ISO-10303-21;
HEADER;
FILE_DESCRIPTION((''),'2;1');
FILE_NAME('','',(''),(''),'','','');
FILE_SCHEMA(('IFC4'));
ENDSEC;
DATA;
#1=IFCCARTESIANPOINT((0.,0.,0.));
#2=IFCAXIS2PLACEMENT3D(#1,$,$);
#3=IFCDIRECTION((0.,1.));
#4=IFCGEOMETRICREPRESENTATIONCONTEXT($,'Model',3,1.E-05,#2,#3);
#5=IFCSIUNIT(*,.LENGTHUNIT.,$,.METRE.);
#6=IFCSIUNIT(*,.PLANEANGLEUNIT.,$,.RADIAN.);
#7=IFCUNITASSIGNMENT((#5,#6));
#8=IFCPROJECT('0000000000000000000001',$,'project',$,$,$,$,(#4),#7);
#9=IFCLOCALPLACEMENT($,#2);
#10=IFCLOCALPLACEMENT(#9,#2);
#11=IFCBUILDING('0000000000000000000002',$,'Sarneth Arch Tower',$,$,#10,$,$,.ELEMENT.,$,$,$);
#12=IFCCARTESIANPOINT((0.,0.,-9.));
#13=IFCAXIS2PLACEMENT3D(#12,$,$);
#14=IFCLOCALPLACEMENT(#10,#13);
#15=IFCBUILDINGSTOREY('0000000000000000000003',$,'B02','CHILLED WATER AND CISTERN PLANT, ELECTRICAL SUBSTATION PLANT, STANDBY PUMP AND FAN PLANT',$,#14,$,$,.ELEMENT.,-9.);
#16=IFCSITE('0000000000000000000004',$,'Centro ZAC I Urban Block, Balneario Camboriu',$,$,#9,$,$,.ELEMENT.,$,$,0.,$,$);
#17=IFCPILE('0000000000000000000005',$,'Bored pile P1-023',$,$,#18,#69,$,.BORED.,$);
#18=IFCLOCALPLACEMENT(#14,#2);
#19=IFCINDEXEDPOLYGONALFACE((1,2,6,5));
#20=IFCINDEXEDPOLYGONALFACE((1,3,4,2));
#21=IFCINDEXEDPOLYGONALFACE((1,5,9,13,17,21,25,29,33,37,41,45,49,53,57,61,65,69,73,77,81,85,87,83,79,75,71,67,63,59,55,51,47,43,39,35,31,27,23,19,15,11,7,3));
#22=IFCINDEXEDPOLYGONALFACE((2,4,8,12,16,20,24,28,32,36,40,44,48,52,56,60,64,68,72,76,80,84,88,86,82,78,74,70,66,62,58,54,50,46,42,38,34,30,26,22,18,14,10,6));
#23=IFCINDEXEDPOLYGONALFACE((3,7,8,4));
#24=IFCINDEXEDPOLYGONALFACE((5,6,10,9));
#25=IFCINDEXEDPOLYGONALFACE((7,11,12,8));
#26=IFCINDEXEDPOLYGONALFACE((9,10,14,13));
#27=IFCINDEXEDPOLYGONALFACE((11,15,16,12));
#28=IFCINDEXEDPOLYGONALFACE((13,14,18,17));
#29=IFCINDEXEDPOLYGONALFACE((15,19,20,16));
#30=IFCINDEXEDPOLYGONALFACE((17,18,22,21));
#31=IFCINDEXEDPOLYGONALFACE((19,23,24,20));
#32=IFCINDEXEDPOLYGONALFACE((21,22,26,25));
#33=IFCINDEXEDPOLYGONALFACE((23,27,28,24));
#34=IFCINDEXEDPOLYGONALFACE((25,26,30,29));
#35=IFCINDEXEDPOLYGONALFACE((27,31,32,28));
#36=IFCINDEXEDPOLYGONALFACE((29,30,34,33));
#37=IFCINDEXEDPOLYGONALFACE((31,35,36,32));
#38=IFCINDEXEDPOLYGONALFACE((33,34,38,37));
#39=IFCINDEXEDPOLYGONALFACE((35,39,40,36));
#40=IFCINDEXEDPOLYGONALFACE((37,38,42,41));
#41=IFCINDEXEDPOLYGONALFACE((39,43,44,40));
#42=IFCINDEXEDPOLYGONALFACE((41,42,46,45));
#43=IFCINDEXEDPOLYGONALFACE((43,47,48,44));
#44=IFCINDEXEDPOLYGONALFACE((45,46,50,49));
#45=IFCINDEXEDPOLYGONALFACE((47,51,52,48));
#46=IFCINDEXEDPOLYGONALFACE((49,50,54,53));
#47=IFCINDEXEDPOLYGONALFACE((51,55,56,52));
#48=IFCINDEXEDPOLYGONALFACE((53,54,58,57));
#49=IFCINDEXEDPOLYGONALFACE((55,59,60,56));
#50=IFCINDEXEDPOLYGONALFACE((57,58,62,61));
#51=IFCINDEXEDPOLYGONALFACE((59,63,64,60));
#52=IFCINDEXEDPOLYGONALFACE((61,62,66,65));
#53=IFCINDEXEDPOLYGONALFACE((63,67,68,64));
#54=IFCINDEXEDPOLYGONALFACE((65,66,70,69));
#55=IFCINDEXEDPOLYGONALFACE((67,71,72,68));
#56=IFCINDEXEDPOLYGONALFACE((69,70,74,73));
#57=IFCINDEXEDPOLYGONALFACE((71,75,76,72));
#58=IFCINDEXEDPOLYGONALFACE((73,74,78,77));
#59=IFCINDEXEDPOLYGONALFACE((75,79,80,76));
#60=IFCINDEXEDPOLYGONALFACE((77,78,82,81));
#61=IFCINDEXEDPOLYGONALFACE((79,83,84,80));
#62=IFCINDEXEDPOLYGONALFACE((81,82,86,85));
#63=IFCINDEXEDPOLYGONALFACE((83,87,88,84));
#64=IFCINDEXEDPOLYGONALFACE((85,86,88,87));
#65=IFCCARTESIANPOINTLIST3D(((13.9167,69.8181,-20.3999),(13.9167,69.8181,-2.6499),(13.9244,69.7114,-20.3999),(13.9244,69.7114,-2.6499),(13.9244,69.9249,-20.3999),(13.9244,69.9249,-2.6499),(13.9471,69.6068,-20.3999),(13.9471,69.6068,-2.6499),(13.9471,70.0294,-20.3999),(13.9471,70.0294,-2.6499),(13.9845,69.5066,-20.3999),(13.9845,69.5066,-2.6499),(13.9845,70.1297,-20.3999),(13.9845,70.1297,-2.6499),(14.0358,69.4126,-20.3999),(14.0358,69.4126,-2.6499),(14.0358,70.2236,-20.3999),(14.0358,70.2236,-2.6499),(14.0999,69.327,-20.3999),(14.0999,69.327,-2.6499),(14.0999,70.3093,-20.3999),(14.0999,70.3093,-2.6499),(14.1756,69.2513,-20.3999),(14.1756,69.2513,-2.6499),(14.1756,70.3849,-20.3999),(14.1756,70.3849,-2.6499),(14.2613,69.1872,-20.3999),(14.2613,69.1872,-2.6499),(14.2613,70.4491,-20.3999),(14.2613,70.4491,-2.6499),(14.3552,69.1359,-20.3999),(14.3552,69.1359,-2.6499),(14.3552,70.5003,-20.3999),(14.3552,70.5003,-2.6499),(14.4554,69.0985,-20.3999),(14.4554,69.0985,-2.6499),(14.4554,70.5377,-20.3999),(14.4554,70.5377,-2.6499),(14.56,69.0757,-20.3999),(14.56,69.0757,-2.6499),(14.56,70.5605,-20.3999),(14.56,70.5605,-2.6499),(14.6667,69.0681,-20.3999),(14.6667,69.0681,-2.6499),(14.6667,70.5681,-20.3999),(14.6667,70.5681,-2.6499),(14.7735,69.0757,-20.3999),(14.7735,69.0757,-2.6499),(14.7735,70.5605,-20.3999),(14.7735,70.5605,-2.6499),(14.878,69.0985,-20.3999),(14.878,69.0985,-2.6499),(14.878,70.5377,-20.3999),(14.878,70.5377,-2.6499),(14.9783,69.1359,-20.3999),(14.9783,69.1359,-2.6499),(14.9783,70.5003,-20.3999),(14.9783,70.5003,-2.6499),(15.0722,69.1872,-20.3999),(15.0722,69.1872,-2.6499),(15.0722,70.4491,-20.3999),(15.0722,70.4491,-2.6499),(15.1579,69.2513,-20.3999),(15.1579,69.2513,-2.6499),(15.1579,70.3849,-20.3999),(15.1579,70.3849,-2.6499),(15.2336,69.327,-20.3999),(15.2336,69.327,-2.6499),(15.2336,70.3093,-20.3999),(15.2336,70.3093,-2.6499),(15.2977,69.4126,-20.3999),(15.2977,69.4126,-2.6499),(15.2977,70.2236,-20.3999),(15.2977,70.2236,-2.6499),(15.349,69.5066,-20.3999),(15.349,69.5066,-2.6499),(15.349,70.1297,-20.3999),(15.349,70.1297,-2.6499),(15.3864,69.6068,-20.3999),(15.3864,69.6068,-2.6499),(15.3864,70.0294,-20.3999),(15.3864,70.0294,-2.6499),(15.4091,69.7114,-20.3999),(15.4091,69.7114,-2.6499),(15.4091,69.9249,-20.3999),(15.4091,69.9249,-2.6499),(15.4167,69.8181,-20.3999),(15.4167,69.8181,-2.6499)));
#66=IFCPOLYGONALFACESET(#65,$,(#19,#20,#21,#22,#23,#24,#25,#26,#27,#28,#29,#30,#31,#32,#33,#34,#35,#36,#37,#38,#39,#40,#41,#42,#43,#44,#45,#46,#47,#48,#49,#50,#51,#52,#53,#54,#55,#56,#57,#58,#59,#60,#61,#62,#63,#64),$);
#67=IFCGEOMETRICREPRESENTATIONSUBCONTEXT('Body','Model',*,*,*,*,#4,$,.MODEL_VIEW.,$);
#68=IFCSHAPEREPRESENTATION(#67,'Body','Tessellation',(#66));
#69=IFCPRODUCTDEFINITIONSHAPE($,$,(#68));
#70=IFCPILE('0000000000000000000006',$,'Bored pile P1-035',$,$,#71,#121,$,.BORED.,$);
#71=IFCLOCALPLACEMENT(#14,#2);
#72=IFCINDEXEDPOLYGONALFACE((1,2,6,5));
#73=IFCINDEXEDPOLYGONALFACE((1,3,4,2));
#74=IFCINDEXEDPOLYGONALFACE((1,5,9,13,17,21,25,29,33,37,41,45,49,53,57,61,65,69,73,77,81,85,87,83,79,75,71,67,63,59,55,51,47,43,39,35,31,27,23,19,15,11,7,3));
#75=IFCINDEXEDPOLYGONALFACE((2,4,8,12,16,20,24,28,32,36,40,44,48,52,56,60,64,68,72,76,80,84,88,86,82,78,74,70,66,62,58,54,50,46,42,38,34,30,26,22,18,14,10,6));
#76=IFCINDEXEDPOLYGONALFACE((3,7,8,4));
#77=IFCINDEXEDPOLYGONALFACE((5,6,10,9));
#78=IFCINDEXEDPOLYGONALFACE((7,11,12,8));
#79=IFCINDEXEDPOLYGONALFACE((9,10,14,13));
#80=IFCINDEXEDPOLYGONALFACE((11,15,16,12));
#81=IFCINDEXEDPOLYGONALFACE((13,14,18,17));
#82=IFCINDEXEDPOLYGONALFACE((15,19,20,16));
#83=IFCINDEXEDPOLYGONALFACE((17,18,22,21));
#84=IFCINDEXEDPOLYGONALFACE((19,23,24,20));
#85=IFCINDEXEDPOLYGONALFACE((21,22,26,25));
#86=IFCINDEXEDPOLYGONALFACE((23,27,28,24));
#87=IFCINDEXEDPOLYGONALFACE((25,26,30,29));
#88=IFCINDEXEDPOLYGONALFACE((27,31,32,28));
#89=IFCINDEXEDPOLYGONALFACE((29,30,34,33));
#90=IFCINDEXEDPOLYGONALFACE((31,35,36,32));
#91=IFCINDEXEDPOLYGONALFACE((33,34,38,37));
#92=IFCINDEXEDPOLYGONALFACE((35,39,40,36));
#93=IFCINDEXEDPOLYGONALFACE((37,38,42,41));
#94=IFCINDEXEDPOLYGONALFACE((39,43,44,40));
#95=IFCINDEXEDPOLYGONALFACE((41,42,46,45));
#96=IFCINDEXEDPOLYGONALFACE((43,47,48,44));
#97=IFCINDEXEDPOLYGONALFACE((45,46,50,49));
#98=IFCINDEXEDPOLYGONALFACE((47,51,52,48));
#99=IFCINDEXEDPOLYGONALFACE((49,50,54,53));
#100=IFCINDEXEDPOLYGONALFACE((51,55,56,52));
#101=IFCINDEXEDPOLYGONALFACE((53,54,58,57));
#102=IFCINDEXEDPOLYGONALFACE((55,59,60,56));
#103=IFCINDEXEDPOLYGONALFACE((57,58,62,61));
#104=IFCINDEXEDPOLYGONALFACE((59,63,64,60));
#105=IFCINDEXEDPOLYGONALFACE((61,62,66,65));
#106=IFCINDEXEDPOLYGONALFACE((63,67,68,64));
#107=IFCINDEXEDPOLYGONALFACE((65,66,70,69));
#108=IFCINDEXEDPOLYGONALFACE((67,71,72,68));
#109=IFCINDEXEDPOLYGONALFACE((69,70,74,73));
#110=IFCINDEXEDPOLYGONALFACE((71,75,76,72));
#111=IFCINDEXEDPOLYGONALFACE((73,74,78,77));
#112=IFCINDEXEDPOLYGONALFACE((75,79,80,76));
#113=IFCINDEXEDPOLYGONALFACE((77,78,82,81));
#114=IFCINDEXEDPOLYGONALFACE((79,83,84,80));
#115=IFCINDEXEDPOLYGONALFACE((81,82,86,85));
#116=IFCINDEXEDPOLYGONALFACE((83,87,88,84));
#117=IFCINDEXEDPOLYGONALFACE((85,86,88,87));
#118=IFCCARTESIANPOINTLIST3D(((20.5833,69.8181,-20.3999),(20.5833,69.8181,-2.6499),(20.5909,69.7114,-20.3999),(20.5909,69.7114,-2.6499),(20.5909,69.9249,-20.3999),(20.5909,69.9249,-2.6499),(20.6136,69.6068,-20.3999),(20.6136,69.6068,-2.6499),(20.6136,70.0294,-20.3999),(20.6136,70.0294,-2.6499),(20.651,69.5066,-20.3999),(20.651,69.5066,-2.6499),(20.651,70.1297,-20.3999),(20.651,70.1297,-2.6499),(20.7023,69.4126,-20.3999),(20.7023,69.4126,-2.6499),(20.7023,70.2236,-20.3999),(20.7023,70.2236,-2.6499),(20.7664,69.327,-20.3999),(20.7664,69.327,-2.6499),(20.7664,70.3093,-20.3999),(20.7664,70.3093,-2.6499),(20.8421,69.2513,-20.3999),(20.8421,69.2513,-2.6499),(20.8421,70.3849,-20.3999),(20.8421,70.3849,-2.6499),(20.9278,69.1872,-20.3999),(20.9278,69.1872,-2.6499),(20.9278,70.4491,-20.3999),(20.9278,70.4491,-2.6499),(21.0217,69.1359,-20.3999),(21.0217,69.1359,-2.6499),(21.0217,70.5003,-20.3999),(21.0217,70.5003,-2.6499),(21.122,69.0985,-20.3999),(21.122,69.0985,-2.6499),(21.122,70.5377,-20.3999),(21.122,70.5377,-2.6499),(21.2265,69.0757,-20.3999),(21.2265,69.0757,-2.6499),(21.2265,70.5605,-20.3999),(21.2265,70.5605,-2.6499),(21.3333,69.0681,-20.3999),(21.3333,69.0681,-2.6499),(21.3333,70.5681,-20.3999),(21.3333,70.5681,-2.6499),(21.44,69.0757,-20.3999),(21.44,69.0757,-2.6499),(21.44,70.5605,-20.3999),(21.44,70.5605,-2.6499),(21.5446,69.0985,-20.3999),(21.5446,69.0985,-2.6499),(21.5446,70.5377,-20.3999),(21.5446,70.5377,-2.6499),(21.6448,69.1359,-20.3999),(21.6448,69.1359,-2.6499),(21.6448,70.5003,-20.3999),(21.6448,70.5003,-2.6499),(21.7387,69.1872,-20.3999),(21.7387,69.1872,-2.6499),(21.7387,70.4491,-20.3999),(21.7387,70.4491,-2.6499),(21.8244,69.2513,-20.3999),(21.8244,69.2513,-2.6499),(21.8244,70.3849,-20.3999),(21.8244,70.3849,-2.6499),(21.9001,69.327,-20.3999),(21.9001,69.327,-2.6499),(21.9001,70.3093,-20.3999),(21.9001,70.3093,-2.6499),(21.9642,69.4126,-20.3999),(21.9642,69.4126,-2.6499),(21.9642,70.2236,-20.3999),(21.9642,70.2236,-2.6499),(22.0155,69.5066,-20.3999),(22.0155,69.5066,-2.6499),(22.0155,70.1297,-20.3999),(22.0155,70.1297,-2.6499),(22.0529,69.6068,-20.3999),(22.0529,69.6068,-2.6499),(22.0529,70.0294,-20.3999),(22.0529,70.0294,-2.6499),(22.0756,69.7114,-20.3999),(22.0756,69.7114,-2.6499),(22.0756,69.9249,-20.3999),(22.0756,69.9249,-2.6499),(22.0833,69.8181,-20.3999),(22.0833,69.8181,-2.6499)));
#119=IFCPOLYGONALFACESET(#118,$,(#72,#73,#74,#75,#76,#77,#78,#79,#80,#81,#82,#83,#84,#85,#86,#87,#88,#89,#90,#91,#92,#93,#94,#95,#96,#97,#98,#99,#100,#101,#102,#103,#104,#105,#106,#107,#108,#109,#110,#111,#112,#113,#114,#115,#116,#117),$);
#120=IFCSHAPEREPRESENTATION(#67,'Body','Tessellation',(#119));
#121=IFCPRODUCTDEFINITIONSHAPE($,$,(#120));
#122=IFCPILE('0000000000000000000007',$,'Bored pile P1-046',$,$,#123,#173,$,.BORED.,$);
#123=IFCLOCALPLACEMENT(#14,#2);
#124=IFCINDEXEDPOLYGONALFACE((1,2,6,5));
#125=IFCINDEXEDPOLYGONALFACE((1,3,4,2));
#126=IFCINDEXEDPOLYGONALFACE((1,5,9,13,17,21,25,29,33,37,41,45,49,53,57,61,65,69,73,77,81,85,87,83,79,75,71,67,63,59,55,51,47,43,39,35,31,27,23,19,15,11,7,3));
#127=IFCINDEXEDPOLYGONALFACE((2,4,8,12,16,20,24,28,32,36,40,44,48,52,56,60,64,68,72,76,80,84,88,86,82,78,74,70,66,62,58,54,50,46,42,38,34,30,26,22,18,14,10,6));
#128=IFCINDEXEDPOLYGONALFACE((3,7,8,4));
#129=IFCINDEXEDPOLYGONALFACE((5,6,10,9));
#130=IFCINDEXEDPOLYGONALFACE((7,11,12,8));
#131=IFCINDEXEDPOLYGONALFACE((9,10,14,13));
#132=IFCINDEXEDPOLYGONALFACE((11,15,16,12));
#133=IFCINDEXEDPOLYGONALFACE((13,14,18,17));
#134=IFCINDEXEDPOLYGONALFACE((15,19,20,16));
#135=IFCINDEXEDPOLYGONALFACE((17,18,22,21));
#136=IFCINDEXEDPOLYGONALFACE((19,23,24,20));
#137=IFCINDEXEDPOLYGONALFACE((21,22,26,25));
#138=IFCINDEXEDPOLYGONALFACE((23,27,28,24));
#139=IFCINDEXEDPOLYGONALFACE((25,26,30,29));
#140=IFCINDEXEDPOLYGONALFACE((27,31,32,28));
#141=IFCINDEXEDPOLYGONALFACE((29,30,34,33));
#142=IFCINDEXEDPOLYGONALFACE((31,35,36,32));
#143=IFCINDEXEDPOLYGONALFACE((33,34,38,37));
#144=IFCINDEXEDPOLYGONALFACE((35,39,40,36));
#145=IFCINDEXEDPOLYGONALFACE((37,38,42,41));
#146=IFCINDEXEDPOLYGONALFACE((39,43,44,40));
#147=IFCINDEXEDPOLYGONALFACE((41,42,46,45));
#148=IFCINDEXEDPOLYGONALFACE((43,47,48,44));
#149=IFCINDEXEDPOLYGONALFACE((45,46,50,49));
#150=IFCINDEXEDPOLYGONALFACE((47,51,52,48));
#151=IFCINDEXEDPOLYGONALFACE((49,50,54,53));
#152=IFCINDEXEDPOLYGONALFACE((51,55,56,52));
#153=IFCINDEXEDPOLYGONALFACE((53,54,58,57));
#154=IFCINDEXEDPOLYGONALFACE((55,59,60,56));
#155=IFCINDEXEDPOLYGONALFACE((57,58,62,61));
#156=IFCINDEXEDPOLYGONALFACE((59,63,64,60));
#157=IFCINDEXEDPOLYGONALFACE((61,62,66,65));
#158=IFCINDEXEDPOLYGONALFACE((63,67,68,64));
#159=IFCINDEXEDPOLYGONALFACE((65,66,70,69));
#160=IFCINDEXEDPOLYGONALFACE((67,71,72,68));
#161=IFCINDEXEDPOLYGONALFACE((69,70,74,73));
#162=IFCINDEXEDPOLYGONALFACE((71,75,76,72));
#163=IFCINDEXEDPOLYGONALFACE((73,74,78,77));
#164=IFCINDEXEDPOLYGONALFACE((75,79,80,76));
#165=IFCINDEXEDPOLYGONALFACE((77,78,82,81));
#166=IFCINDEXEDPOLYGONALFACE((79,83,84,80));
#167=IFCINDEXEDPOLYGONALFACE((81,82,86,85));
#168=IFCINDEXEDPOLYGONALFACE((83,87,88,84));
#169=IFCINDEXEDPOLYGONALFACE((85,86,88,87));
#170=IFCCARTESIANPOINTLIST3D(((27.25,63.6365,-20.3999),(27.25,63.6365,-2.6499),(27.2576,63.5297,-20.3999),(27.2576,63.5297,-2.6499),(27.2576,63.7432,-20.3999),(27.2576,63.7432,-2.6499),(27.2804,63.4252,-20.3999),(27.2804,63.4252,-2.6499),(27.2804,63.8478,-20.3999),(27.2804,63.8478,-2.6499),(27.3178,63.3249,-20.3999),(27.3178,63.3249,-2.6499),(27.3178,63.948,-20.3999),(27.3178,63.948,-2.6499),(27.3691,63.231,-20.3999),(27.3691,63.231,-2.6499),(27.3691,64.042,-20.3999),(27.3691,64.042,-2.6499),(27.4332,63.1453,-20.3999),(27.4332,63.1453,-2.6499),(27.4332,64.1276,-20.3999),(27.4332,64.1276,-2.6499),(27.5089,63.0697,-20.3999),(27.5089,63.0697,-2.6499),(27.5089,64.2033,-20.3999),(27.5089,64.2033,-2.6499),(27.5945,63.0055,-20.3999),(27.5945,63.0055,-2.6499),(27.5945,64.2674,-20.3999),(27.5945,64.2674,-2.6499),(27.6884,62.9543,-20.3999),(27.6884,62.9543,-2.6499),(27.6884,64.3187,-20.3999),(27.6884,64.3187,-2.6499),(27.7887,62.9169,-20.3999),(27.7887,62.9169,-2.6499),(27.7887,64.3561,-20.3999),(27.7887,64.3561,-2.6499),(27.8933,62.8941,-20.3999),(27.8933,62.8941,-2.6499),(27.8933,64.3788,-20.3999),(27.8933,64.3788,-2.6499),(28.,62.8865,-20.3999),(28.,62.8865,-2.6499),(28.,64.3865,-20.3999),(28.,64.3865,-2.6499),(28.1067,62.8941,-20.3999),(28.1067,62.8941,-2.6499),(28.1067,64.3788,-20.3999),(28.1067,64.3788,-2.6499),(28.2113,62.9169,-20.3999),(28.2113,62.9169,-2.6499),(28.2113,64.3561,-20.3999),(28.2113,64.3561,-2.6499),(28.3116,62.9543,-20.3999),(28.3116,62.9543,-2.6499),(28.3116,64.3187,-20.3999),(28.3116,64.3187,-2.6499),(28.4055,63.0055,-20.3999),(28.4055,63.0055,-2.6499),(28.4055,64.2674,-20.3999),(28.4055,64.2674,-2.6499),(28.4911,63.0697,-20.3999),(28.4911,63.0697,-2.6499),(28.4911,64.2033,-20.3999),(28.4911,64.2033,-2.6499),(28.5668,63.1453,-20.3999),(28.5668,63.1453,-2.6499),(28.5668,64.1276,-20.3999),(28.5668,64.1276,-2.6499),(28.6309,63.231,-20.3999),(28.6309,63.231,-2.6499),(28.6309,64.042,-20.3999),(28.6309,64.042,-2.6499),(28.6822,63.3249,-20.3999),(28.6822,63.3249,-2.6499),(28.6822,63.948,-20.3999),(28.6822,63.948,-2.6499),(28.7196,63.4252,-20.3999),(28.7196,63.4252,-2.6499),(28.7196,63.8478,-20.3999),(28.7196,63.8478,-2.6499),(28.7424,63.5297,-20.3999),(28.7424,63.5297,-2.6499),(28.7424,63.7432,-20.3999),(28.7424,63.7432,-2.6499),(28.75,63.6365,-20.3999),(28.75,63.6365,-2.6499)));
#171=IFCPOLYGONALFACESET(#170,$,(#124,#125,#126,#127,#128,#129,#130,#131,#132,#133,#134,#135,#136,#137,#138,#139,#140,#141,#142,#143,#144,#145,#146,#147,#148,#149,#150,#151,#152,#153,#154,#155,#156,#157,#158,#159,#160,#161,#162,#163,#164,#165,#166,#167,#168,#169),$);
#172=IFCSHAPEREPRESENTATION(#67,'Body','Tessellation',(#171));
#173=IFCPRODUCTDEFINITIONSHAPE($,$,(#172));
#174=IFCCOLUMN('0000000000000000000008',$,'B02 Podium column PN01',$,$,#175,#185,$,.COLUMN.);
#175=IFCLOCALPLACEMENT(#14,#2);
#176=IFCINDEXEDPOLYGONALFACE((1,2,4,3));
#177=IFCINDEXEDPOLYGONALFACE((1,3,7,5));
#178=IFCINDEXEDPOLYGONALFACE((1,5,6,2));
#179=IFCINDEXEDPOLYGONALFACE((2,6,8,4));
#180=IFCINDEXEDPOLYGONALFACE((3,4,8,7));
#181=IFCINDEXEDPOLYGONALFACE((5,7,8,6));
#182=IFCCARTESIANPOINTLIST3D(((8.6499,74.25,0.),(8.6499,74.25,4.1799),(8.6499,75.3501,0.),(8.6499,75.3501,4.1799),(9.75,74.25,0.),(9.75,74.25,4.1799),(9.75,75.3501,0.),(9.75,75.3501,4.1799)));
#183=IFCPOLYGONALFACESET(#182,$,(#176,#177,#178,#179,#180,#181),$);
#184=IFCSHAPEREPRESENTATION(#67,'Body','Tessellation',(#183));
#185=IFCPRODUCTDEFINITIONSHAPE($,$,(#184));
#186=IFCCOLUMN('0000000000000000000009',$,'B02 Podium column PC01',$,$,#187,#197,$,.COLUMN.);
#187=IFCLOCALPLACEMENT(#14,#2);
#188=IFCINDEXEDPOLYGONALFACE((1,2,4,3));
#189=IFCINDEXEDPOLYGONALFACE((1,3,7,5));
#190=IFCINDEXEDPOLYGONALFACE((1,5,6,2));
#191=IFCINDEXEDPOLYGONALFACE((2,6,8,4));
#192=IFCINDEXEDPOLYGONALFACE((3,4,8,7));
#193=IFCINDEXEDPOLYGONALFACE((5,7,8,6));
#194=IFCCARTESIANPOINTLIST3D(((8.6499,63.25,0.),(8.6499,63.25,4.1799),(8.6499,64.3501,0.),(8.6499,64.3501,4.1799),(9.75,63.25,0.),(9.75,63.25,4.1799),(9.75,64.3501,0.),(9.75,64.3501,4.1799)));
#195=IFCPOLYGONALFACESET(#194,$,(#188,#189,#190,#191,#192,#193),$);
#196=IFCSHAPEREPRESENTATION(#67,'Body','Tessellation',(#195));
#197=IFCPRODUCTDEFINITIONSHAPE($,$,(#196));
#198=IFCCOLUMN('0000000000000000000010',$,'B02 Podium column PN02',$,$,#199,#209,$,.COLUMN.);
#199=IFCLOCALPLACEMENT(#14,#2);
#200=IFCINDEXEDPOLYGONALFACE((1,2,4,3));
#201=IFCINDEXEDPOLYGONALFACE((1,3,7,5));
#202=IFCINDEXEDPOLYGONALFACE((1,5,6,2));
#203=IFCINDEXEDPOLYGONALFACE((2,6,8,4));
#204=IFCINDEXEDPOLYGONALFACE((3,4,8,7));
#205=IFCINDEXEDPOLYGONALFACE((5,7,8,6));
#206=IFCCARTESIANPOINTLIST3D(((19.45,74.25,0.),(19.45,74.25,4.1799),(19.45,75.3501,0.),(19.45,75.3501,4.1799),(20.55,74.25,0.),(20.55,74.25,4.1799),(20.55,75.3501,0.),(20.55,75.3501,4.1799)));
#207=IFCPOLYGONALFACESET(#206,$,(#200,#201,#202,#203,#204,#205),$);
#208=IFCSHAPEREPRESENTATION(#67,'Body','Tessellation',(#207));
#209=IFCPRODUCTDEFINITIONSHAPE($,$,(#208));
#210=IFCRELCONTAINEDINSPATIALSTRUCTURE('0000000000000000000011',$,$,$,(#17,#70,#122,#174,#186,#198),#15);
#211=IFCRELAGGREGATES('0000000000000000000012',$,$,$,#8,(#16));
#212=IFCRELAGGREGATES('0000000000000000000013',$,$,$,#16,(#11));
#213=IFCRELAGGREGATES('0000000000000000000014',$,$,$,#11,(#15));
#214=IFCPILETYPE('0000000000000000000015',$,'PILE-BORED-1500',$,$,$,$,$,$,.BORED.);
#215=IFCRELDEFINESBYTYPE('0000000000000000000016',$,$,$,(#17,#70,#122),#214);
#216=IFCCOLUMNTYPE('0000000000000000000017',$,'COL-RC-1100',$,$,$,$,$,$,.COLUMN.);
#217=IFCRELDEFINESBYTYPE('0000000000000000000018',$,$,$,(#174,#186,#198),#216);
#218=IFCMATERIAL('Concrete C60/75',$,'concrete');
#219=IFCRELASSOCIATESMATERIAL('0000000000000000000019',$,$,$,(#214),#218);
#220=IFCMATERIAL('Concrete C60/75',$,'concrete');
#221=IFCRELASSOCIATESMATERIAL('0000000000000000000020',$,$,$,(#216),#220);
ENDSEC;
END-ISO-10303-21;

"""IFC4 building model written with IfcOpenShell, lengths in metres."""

from ifc_helpers import new_model, si_unit, direction, frame, origin, origin_2d, place, context, subcontext, project, spatial, rectangle, circle, extrude, material, material_profile, profile_set, type_object, element, save


model = new_model("IFC4")

# Units and contexts
model_context = context("Model", 3, precision=1e-05, world=origin(), true_north=direction((0.0, 1.0)))
body_context = subcontext(model_context, "Body", "Model", "MODEL_VIEW")
ifc_project = project(units=[si_unit("LENGTHUNIT", "METRE"), si_unit("PLANEANGLEUNIT", "RADIAN")], contexts=[model_context])

# Site, building, storey
site_placement = place(None, origin())
site = spatial("IfcSite", under=ifc_project, at=site_placement, Name="Centro ZAC I Urban Block, Balneario Camboriu", CompositionType="ELEMENT", RefElevation=0.0)
building_placement = place(site_placement, origin())
building = spatial("IfcBuilding", under=site, at=building_placement, Name="Sarneth Arch Tower", CompositionType="ELEMENT")
storey_placement = place(building_placement, frame((0.0, 0.0, -9.0)))
storey = spatial("IfcBuildingStorey", under=building, at=storey_placement, Name="B02", Description="CHILLED WATER AND CISTERN PLANT, ELECTRICAL SUBSTATION PLANT, STANDBY PUMP AND FAN PLANT", CompositionType="ELEMENT", Elevation=-9.0)

# Piles
ifc_material_1 = material(Name="Concrete C60/75", Category="concrete")
ifc_material_profile_1 = material_profile(ifc_material_1, circle(Radius=0.75, at=origin_2d()), Name="PILE-D1500")
ifc_profile_set_1 = profile_set([ifc_material_profile_1], Name="Concrete C60/75")
pile_type_1 = type_object("IfcPileType", Name="PILE-BORED-1500", PredefinedType="BORED", material=ifc_profile_set_1)
for number, where, z_axis, x_axis, name in (
    (1, (14.6667, 69.8181, -2.6499), (0.0, 0.0, -1.0), (1.0, 0.0, 0.0), "Bored pile P1-023"),
    (2, (21.3333, 69.8181, -2.6499), (0.0, 0.0, -1.0), (1.0, 0.0, 0.0), "Bored pile P1-035"),
    (3, (28.0, 63.6365, -2.6499), (0.0, 0.0, -1.0), (1.0, 0.0, 0.0), "Bored pile P1-046"),
):
    element("IfcPile", number, at=place(storey_placement, frame(where, z_axis=z_axis, x_axis=x_axis)), inside=storey, type_object=pile_type_1, Name=name, PredefinedType="BORED", context=body_context, shape_type="SweptSolid", body=[
        extrude(circle(Radius=0.75, at=origin_2d()), origin(), (0.0, 0.0, 1.0), 17.75),
    ])

# Columns
ifc_material_2 = material(Name="Concrete C60/75", Category="concrete")
ifc_material_profile_2 = material_profile(ifc_material_2, rectangle(XDim=1.1001, YDim=1.1001, at=origin_2d()), Name="RC-1100x1100")
ifc_profile_set_2 = profile_set([ifc_material_profile_2], Name="Concrete C60/75")
column_type_1 = type_object("IfcColumnType", Name="COL-RC-1100", PredefinedType="COLUMN", material=ifc_profile_set_2)
for number, where, z_axis, x_axis, name in (
    (4, (9.2, 74.8, 0.0), (0.0, 0.0, 1.0), (1.0, 0.0, 0.0), "B02 Podium column PN01"),
    (5, (9.2, 63.8, 0.0), (0.0, 0.0, 1.0), (1.0, 0.0, 0.0), "B02 Podium column PC01"),
    (6, (20.0, 74.8, 0.0), (0.0, 0.0, 1.0), (1.0, 0.0, 0.0), "B02 Podium column PN02"),
):
    element("IfcColumn", number, at=place(storey_placement, frame(where, z_axis=z_axis, x_axis=x_axis)), inside=storey, type_object=column_type_1, Name=name, PredefinedType="COLUMN", context=body_context, shape_type="SweptSolid", body=[
        extrude(rectangle(XDim=1.1001, YDim=1.1001, at=origin_2d()), origin(), (0.0, 0.0, 1.0), 4.1799),
    ])

save(model, "model.ifc")
